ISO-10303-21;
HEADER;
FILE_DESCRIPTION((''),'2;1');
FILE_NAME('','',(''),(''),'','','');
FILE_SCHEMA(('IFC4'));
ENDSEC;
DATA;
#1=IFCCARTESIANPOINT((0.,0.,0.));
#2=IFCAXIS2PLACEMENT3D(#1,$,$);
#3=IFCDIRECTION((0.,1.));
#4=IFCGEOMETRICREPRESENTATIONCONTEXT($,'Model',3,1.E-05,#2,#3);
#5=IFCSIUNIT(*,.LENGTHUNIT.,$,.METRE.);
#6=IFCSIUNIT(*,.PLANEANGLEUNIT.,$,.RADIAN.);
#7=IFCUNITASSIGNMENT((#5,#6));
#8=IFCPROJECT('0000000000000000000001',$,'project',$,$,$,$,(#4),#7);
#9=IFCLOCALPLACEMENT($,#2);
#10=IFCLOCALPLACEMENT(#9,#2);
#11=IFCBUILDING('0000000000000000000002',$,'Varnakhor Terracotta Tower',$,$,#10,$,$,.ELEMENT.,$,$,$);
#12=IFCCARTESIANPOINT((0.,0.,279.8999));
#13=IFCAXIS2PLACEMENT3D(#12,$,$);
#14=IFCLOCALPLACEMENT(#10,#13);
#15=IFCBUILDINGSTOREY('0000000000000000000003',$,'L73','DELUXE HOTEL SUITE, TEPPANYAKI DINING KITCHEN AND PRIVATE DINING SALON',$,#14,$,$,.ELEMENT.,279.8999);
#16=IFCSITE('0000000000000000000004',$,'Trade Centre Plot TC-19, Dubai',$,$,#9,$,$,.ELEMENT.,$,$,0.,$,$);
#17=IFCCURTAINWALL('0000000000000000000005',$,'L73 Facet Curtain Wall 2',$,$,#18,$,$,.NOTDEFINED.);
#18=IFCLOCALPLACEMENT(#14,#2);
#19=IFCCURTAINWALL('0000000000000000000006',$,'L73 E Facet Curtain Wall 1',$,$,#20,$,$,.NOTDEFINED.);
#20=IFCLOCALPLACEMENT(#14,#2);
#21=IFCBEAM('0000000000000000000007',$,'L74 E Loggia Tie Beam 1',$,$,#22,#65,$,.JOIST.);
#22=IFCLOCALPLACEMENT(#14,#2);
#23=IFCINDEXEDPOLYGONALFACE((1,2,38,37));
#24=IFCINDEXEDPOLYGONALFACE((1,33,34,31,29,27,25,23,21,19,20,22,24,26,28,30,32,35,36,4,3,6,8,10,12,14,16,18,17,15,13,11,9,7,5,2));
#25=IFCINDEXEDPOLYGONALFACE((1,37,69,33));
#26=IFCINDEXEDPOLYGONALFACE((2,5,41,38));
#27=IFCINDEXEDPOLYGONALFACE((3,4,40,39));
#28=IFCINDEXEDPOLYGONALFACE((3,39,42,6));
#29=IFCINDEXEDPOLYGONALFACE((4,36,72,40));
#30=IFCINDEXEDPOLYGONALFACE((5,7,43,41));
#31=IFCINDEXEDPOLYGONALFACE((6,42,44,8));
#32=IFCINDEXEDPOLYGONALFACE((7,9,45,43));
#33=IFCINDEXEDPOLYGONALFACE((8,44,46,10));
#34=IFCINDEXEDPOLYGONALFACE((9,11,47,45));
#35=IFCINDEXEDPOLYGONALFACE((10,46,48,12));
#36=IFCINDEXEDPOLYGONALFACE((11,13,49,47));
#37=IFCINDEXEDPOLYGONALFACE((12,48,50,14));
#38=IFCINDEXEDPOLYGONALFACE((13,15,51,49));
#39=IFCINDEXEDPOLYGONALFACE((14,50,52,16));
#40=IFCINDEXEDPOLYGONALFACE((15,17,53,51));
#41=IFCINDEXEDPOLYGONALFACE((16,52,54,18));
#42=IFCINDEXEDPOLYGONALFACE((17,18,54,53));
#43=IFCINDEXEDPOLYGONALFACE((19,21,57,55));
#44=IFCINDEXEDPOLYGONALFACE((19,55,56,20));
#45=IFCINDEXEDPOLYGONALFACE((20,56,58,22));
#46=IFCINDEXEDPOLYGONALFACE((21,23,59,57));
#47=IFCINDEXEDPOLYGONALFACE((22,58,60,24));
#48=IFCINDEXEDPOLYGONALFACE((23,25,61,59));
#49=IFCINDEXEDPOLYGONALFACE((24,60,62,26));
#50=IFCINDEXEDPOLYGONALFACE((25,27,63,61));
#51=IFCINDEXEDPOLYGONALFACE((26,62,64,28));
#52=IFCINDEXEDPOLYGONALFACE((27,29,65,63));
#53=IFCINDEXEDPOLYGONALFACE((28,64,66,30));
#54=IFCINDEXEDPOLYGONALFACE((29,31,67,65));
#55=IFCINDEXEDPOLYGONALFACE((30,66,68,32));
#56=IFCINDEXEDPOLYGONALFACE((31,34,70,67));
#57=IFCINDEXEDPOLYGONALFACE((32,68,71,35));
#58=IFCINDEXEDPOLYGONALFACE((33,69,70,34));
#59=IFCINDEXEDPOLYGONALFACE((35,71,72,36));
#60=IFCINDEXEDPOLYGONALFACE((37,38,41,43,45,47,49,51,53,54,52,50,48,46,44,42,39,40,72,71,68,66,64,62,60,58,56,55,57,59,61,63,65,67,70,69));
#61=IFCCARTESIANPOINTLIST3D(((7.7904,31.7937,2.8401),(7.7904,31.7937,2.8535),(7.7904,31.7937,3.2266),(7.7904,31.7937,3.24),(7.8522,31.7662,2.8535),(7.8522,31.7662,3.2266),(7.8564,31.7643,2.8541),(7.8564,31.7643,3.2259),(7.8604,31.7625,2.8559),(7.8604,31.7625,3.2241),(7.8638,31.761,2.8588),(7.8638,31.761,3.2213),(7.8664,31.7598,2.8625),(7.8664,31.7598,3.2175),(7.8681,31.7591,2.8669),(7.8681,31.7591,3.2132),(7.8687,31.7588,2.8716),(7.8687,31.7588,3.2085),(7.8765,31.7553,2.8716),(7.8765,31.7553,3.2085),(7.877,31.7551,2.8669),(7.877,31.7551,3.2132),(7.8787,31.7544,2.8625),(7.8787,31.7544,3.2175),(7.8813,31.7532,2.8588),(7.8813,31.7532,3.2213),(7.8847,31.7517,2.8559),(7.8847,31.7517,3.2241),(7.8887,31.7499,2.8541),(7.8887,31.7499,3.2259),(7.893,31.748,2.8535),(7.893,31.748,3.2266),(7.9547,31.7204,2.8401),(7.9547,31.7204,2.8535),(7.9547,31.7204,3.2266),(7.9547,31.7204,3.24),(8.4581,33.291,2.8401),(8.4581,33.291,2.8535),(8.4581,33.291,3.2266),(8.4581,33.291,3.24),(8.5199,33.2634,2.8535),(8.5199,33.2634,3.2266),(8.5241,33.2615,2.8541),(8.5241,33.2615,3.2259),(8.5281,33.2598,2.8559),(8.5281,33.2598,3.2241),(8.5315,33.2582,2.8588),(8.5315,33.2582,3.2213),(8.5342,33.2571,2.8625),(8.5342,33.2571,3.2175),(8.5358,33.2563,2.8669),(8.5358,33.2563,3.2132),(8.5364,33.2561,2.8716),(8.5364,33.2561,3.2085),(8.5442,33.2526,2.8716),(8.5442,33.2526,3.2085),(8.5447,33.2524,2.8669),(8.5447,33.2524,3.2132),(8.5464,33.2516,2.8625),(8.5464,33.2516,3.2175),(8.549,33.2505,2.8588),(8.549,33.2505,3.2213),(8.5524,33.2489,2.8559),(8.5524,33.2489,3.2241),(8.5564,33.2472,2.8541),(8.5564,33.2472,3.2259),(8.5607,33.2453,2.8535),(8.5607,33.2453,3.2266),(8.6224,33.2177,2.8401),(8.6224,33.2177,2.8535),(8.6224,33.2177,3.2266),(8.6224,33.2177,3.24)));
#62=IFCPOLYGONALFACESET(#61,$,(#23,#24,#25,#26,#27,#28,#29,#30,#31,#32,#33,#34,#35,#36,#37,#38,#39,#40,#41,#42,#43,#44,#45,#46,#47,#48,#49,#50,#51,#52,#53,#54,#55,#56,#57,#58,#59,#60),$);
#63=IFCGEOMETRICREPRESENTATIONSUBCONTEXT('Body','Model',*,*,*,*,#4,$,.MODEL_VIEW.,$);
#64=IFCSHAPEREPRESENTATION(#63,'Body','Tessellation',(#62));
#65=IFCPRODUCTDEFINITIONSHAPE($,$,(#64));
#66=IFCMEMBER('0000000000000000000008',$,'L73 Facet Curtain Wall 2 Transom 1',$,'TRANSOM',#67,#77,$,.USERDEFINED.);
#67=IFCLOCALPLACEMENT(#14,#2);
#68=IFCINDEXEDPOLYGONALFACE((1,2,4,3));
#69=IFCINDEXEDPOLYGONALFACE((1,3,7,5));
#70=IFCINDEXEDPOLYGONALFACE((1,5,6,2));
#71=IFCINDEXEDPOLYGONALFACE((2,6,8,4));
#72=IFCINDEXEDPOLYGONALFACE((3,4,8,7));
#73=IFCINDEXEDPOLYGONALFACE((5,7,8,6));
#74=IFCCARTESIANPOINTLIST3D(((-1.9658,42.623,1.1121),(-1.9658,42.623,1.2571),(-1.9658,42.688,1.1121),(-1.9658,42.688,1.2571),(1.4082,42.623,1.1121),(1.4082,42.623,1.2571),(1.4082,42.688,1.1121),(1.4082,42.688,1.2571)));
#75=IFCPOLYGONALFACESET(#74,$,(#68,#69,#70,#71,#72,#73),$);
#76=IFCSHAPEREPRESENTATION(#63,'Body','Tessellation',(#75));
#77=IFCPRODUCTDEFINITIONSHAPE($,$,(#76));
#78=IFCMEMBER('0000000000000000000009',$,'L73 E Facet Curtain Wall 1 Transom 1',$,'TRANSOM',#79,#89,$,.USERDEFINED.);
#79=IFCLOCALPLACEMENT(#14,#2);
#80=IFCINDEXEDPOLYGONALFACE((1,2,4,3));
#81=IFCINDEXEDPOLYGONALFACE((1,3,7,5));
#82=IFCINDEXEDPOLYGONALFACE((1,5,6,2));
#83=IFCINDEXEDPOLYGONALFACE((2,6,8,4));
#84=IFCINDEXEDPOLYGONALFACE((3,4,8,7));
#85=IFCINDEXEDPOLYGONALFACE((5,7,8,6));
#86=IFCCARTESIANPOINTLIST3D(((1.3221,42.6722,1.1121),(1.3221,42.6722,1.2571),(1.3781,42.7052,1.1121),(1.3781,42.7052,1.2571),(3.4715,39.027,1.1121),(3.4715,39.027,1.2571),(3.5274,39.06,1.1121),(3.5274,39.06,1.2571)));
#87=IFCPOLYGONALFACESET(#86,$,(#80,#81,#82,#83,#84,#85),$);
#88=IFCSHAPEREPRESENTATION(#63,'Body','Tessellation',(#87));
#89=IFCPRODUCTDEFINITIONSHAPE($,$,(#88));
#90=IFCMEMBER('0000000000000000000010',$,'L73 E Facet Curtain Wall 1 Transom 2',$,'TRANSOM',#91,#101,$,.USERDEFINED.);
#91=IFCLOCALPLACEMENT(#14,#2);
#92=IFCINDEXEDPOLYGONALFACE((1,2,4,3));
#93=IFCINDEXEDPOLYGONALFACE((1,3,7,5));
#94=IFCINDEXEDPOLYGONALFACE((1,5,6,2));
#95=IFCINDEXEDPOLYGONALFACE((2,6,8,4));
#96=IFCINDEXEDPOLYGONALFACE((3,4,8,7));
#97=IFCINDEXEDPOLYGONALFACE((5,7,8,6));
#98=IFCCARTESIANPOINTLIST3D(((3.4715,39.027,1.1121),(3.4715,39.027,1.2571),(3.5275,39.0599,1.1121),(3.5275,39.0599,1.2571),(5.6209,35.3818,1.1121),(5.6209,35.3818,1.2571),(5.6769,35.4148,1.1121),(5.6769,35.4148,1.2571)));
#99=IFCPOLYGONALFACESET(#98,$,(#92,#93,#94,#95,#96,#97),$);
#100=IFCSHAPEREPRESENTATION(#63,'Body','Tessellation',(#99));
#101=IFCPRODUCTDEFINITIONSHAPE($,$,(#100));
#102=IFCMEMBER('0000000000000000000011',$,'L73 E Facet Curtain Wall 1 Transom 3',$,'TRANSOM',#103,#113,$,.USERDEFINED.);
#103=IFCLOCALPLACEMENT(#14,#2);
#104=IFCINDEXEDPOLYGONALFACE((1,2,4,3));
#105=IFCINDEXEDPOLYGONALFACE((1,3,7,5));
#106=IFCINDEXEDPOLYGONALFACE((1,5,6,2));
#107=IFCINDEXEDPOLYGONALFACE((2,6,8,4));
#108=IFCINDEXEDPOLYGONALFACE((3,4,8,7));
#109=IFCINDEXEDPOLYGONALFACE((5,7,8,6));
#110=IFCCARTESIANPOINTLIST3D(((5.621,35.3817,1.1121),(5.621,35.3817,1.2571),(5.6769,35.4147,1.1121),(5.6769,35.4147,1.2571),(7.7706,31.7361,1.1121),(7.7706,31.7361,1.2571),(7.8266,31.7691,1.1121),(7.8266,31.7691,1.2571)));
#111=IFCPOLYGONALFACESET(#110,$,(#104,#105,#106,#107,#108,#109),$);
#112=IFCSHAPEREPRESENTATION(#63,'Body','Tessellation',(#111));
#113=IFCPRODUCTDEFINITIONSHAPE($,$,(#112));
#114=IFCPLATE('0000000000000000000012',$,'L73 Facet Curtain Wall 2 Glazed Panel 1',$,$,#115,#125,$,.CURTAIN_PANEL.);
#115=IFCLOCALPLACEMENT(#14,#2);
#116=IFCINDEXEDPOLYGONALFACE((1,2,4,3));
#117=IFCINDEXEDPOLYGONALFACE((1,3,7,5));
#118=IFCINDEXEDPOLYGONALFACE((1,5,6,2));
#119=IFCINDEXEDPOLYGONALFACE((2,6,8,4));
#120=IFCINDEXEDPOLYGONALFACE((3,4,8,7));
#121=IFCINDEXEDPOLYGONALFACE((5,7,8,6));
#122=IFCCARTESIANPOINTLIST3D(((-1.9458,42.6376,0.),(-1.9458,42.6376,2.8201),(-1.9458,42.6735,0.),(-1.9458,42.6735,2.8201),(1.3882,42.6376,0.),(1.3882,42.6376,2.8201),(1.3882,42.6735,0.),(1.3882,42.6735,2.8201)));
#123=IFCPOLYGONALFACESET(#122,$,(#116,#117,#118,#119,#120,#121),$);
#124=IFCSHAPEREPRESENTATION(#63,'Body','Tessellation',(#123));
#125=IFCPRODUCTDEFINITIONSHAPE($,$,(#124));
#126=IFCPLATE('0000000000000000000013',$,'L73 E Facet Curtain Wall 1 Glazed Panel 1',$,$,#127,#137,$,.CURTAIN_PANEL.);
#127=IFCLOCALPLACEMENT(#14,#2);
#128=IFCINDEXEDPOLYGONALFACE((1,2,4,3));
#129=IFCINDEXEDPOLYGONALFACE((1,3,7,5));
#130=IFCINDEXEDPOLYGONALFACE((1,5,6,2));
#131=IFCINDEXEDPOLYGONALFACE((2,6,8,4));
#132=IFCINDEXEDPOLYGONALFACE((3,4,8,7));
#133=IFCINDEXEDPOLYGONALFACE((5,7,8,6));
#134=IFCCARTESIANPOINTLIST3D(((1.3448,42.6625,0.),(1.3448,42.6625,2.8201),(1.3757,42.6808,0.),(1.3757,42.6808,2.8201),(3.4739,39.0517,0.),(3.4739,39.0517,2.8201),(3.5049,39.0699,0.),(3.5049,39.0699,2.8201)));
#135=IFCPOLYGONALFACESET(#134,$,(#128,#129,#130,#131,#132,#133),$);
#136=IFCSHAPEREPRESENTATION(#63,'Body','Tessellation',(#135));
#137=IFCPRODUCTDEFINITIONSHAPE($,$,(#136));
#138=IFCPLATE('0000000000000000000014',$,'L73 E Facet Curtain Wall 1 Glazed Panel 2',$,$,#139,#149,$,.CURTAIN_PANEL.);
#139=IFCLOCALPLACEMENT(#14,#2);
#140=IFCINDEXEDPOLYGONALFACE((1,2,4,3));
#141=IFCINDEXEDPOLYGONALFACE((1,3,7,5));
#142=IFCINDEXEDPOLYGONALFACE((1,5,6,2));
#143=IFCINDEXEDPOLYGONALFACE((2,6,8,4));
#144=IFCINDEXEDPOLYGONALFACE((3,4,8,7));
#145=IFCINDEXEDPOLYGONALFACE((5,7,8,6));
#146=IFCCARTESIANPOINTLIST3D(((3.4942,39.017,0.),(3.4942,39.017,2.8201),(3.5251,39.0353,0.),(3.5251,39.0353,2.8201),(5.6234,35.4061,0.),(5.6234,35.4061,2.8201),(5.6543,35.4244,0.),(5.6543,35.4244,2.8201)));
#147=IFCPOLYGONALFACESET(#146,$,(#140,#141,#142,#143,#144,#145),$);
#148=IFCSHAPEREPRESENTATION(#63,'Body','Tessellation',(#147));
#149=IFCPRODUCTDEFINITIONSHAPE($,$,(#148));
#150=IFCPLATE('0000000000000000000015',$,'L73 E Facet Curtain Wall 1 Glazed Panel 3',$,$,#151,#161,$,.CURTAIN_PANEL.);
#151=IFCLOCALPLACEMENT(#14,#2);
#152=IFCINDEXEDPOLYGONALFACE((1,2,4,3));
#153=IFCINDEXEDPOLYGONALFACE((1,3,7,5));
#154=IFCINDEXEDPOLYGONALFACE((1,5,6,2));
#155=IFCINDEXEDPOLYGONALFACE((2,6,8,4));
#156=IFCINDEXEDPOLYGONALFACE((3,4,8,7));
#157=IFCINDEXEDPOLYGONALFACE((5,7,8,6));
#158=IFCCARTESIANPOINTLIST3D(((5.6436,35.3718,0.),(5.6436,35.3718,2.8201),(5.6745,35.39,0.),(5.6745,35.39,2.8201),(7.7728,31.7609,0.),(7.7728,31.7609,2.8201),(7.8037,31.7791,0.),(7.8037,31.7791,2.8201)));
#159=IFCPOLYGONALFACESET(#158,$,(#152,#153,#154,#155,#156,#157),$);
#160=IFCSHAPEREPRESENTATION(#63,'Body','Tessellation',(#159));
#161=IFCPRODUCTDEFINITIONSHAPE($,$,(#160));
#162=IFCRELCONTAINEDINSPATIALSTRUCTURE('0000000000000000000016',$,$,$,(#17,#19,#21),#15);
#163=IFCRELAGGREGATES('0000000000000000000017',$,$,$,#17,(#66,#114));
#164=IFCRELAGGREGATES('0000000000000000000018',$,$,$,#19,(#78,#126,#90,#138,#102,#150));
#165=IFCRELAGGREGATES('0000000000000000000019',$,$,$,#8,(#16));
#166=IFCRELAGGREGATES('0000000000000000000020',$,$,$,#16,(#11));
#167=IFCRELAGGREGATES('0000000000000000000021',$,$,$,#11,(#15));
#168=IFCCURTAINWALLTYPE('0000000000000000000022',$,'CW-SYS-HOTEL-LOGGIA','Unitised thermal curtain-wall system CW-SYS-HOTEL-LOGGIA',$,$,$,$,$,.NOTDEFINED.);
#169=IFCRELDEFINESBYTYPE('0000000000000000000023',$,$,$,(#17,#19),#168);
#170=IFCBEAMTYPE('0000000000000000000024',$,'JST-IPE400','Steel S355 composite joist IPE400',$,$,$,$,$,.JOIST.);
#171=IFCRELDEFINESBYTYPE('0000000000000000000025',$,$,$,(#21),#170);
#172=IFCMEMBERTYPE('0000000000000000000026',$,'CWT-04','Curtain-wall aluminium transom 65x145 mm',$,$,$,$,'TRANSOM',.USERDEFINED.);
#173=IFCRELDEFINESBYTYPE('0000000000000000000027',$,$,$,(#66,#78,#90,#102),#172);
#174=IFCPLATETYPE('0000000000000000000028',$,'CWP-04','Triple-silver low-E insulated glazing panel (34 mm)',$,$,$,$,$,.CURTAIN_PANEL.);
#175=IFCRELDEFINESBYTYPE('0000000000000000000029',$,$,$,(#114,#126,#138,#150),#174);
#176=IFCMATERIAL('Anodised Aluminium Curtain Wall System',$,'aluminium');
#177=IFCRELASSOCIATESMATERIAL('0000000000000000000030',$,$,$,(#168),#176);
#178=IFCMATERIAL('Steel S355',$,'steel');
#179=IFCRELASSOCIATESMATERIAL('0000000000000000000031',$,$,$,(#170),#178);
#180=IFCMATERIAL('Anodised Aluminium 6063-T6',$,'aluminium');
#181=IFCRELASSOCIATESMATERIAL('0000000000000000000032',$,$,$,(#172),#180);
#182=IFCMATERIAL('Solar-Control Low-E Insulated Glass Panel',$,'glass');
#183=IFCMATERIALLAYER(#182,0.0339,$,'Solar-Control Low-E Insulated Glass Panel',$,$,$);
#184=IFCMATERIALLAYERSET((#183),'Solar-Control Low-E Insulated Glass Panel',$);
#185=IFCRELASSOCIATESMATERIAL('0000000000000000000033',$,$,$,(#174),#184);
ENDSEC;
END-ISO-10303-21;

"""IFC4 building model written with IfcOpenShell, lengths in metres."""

from ifc_helpers import new_model, si_unit, direction, frame, origin, origin_2d, place, context, subcontext, project, spatial, rectangle, i_section, extrude, source, transform, mapped, material, layer, layer_set, material_profile, profile_set, type_object, element, aggregate, save


model = new_model("IFC4")

# Units and contexts
model_context = context("Model", 3, precision=1e-05, world=origin(), true_north=direction((0.0, 1.0)))
body_context = subcontext(model_context, "Body", "Model", "MODEL_VIEW")
ifc_project = project(units=[si_unit("LENGTHUNIT", "METRE"), si_unit("PLANEANGLEUNIT", "RADIAN")], contexts=[model_context])

# Site, building, storey
site_placement = place(None, origin())
site = spatial("IfcSite", under=ifc_project, at=site_placement, Name="Trade Centre Plot TC-19, Dubai", CompositionType="ELEMENT", RefElevation=0.0)
building_placement = place(site_placement, origin())
building = spatial("IfcBuilding", under=site, at=building_placement, Name="Varnakhor Terracotta Tower", CompositionType="ELEMENT")
storey_placement = place(building_placement, frame((0.0, 0.0, 279.8999)))
storey = spatial("IfcBuildingStorey", under=building, at=storey_placement, Name="L73", Description="DELUXE HOTEL SUITE, TEPPANYAKI DINING KITCHEN AND PRIVATE DINING SALON", CompositionType="ELEMENT", Elevation=279.8999)

# Shared definitions
ifc_material_1 = material(Name="Steel S355", Category="steel")

# Curtain wall
ifc_material_2 = material(Name="Anodised Aluminium Curtain Wall System", Category="aluminium")
curtain_wall_type = type_object("IfcCurtainWallType", Name="CW-SYS-HOTEL-LOGGIA", Description="Unitised thermal curtain-wall system CW-SYS-HOTEL-LOGGIA", PredefinedType="NOTDEFINED", material=ifc_material_2)
curtain_wall_1_placement = place(storey_placement, origin())
curtain_wall_1 = element("IfcCurtainWall", 1, at=curtain_wall_1_placement, inside=storey, type_object=curtain_wall_type, Name="L73 Facet Curtain Wall 2", PredefinedType="NOTDEFINED")
ifc_material_3 = material(Name="Anodised Aluminium 6063-T6", Category="aluminium")

# Curtain wall
curtain_wall_2_placement = place(storey_placement, origin())
curtain_wall_2 = element("IfcCurtainWall", 2, at=curtain_wall_2_placement, inside=storey, type_object=curtain_wall_type, Name="L73 E Facet Curtain Wall 1", PredefinedType="NOTDEFINED")

# Beam
ifc_material_profile_1 = material_profile(ifc_material_1, i_section(OverallWidth=0.1799, OverallDepth=0.3999, WebThickness=0.0085, FlangeThickness=0.0134, FilletRadius=0.0181, at=origin_2d()), Name="IPE400")
ifc_profile_set_1 = profile_set([ifc_material_profile_1], Name="Steel S355")
beam_type_1 = type_object("IfcBeamType", Name="JST-IPE400", Description="Steel S355 composite joist IPE400", PredefinedType="JOIST", material=ifc_profile_set_1)
shared_shape_1 = source(origin(), body_context, "Body", "SweptSolid", [
    extrude(i_section(OverallWidth=0.1799, OverallDepth=0.3999, WebThickness=0.0085, FlangeThickness=0.0134, FilletRadius=0.0181, at=origin_2d()), origin(), (0.0, 0.0, 1.0), 1.6394),
])
beam_1_placement = place(storey_placement, frame((7.8726, 31.7571, 3.04), z_axis=(0.407285, 0.913301, 0.0), x_axis=(-0.913301, 0.407285, 0.0)))
element("IfcBeam", 3, at=beam_1_placement, inside=storey, type_object=beam_type_1, Name="L74 E Loggia Tie Beam 1", PredefinedType="JOIST", context=body_context, shape_type="MappedRepresentation", body=[
    mapped(shared_shape_1, transform((0.0, 0.0, 0.0), scale=1.0)),
])

# Members
ifc_material_profile_2 = material_profile(ifc_material_3, rectangle(XDim=0.0649, YDim=0.145, at=origin_2d()), Name="ALU TRANSOM 65x145")
ifc_profile_set_2 = profile_set([ifc_material_profile_2], Name="Anodised Aluminium 6063-T6")
member_type_1 = type_object("IfcMemberType", Name="CWT-04", Description="Curtain-wall aluminium transom 65x145 mm", ElementType="TRANSOM", PredefinedType="USERDEFINED", material=ifc_profile_set_2)
shared_shape_2 = source(origin(), body_context, "Body", "SweptSolid", [
    extrude(rectangle(XDim=0.0649, YDim=0.145, at=origin_2d()), origin(), (0.0, 0.0, 1.0), 3.374),
])
member_1_placement = place(storey_placement, frame((-1.9658, 42.6555, 1.1846), z_axis=(1.0, 0.0, 0.0), x_axis=(0.0, 1.0, 0.0)))
member_1 = element("IfcMember", 4, at=member_1_placement, type_object=member_type_1, Name="L73 Facet Curtain Wall 2 Transom 1", ObjectType="TRANSOM", PredefinedType="USERDEFINED", context=body_context, shape_type="MappedRepresentation", body=[
    mapped(shared_shape_2, transform((0.0, 0.0, 0.0), scale=1.0)),
])
shared_shape_3 = source(origin(), body_context, "Body", "SweptSolid", [
    extrude(rectangle(XDim=0.0649, YDim=0.145, at=origin_2d()), origin(), (0.0, 0.0, 1.0), 4.2317),
])
member_2_placement = place(storey_placement, frame((1.3501, 42.6887, 1.1846), z_axis=(0.507922, -0.861403, 0.0), x_axis=(0.861403, 0.507922, 0.0)))
member_2 = element("IfcMember", 5, at=member_2_placement, type_object=member_type_1, Name="L73 E Facet Curtain Wall 1 Transom 1", ObjectType="TRANSOM", PredefinedType="USERDEFINED", context=body_context, shape_type="MappedRepresentation", body=[
    mapped(shared_shape_3, transform((0.0, 0.0, 0.0), scale=1.0)),
])
member_3_placement = place(storey_placement, frame((3.4995, 39.0435, 1.1846), z_axis=(0.507922, -0.861403, 0.0), x_axis=(0.861403, 0.507922, 0.0)))
member_3 = element("IfcMember", 6, at=member_3_placement, type_object=member_type_1, Name="L73 E Facet Curtain Wall 1 Transom 2", ObjectType="TRANSOM", PredefinedType="USERDEFINED", context=body_context, shape_type="MappedRepresentation", body=[
    mapped(shared_shape_3, transform((0.0, 0.0, 0.0), scale=1.0)),
])
shared_shape_4 = source(origin(), body_context, "Body", "SweptSolid", [
    extrude(rectangle(XDim=0.0649, YDim=0.145, at=origin_2d()), origin(), (0.0, 0.0, 1.0), 4.2322),
])
member_4_placement = place(storey_placement, frame((5.6489, 35.3982, 1.1846), z_axis=(0.50794, -0.861392, 0.0), x_axis=(0.861392, 0.50794, 0.0)))
member_4 = element("IfcMember", 7, at=member_4_placement, type_object=member_type_1, Name="L73 E Facet Curtain Wall 1 Transom 3", ObjectType="TRANSOM", PredefinedType="USERDEFINED", context=body_context, shape_type="MappedRepresentation", body=[
    mapped(shared_shape_4, transform((0.0, 0.0, 0.0), scale=1.0)),
])

# Plates
ifc_material_4 = material(Name="Solar-Control Low-E Insulated Glass Panel", Category="glass")
ifc_layer_1 = layer(ifc_material_4, 0.0339, Name="Solar-Control Low-E Insulated Glass Panel")
ifc_layer_set_1 = layer_set([ifc_layer_1], Name="Solar-Control Low-E Insulated Glass Panel")
plate_type = type_object("IfcPlateType", Name="CWP-04", Description="Triple-silver low-E insulated glazing panel (34 mm)", PredefinedType="CURTAIN_PANEL", material=ifc_layer_set_1)
shared_shape_5 = source(origin(), body_context, "Body", "SweptSolid", [
    extrude(rectangle(XDim=3.334, YDim=0.0359, at=origin_2d()), origin(), (0.0, 0.0, 1.0), 2.8201),
])
plate_1_placement = place(storey_placement, frame((-0.2788, 42.6555, 0.0), z_axis=(0.0, 0.0, 1.0), x_axis=(1.0, 0.0, 0.0)))
plate_1 = element("IfcPlate", 8, at=plate_1_placement, type_object=plate_type, Name="L73 Facet Curtain Wall 2 Glazed Panel 1", PredefinedType="CURTAIN_PANEL", context=body_context, shape_type="MappedRepresentation", body=[
    mapped(shared_shape_5, transform((0.0, 0.0, 0.0), scale=1.0)),
])
aggregate(curtain_wall_1, [member_1, plate_1])
shared_shape_6 = source(origin(), body_context, "Body", "SweptSolid", [
    extrude(rectangle(XDim=4.1919, YDim=0.0359, at=origin_2d()), origin(), (0.0, 0.0, 1.0), 2.8201),
])
plate_2_placement = place(storey_placement, frame((2.4248, 40.8662, 0.0), z_axis=(0.0, 0.0, 1.0), x_axis=(0.507929, -0.861399, 0.0)))
plate_2 = element("IfcPlate", 9, at=plate_2_placement, type_object=plate_type, Name="L73 E Facet Curtain Wall 1 Glazed Panel 1", PredefinedType="CURTAIN_PANEL", context=body_context, shape_type="MappedRepresentation", body=[
    mapped(shared_shape_6, transform((0.0, 0.0, 0.0), scale=1.0)),
])
plate_3_placement = place(storey_placement, frame((4.5742, 37.2207, 0.0), z_axis=(0.0, 0.0, 1.0), x_axis=(0.507929, -0.861399, 0.0)))
plate_3 = element("IfcPlate", 10, at=plate_3_placement, type_object=plate_type, Name="L73 E Facet Curtain Wall 1 Glazed Panel 2", PredefinedType="CURTAIN_PANEL", context=body_context, shape_type="MappedRepresentation", body=[
    mapped(shared_shape_6, transform((0.0, 0.0, 0.0), scale=1.0)),
])
plate_4_placement = place(storey_placement, frame((6.7236, 33.5754, 0.0), z_axis=(0.0, 0.0, 1.0), x_axis=(0.507929, -0.861399, 0.0)))
plate_4 = element("IfcPlate", 11, at=plate_4_placement, type_object=plate_type, Name="L73 E Facet Curtain Wall 1 Glazed Panel 3", PredefinedType="CURTAIN_PANEL", context=body_context, shape_type="MappedRepresentation", body=[
    mapped(shared_shape_6, transform((0.0, 0.0, 0.0), scale=1.0)),
])
aggregate(curtain_wall_2, [member_2, plate_2, member_3, plate_3, member_4, plate_4])

save(model, "model.ifc")
